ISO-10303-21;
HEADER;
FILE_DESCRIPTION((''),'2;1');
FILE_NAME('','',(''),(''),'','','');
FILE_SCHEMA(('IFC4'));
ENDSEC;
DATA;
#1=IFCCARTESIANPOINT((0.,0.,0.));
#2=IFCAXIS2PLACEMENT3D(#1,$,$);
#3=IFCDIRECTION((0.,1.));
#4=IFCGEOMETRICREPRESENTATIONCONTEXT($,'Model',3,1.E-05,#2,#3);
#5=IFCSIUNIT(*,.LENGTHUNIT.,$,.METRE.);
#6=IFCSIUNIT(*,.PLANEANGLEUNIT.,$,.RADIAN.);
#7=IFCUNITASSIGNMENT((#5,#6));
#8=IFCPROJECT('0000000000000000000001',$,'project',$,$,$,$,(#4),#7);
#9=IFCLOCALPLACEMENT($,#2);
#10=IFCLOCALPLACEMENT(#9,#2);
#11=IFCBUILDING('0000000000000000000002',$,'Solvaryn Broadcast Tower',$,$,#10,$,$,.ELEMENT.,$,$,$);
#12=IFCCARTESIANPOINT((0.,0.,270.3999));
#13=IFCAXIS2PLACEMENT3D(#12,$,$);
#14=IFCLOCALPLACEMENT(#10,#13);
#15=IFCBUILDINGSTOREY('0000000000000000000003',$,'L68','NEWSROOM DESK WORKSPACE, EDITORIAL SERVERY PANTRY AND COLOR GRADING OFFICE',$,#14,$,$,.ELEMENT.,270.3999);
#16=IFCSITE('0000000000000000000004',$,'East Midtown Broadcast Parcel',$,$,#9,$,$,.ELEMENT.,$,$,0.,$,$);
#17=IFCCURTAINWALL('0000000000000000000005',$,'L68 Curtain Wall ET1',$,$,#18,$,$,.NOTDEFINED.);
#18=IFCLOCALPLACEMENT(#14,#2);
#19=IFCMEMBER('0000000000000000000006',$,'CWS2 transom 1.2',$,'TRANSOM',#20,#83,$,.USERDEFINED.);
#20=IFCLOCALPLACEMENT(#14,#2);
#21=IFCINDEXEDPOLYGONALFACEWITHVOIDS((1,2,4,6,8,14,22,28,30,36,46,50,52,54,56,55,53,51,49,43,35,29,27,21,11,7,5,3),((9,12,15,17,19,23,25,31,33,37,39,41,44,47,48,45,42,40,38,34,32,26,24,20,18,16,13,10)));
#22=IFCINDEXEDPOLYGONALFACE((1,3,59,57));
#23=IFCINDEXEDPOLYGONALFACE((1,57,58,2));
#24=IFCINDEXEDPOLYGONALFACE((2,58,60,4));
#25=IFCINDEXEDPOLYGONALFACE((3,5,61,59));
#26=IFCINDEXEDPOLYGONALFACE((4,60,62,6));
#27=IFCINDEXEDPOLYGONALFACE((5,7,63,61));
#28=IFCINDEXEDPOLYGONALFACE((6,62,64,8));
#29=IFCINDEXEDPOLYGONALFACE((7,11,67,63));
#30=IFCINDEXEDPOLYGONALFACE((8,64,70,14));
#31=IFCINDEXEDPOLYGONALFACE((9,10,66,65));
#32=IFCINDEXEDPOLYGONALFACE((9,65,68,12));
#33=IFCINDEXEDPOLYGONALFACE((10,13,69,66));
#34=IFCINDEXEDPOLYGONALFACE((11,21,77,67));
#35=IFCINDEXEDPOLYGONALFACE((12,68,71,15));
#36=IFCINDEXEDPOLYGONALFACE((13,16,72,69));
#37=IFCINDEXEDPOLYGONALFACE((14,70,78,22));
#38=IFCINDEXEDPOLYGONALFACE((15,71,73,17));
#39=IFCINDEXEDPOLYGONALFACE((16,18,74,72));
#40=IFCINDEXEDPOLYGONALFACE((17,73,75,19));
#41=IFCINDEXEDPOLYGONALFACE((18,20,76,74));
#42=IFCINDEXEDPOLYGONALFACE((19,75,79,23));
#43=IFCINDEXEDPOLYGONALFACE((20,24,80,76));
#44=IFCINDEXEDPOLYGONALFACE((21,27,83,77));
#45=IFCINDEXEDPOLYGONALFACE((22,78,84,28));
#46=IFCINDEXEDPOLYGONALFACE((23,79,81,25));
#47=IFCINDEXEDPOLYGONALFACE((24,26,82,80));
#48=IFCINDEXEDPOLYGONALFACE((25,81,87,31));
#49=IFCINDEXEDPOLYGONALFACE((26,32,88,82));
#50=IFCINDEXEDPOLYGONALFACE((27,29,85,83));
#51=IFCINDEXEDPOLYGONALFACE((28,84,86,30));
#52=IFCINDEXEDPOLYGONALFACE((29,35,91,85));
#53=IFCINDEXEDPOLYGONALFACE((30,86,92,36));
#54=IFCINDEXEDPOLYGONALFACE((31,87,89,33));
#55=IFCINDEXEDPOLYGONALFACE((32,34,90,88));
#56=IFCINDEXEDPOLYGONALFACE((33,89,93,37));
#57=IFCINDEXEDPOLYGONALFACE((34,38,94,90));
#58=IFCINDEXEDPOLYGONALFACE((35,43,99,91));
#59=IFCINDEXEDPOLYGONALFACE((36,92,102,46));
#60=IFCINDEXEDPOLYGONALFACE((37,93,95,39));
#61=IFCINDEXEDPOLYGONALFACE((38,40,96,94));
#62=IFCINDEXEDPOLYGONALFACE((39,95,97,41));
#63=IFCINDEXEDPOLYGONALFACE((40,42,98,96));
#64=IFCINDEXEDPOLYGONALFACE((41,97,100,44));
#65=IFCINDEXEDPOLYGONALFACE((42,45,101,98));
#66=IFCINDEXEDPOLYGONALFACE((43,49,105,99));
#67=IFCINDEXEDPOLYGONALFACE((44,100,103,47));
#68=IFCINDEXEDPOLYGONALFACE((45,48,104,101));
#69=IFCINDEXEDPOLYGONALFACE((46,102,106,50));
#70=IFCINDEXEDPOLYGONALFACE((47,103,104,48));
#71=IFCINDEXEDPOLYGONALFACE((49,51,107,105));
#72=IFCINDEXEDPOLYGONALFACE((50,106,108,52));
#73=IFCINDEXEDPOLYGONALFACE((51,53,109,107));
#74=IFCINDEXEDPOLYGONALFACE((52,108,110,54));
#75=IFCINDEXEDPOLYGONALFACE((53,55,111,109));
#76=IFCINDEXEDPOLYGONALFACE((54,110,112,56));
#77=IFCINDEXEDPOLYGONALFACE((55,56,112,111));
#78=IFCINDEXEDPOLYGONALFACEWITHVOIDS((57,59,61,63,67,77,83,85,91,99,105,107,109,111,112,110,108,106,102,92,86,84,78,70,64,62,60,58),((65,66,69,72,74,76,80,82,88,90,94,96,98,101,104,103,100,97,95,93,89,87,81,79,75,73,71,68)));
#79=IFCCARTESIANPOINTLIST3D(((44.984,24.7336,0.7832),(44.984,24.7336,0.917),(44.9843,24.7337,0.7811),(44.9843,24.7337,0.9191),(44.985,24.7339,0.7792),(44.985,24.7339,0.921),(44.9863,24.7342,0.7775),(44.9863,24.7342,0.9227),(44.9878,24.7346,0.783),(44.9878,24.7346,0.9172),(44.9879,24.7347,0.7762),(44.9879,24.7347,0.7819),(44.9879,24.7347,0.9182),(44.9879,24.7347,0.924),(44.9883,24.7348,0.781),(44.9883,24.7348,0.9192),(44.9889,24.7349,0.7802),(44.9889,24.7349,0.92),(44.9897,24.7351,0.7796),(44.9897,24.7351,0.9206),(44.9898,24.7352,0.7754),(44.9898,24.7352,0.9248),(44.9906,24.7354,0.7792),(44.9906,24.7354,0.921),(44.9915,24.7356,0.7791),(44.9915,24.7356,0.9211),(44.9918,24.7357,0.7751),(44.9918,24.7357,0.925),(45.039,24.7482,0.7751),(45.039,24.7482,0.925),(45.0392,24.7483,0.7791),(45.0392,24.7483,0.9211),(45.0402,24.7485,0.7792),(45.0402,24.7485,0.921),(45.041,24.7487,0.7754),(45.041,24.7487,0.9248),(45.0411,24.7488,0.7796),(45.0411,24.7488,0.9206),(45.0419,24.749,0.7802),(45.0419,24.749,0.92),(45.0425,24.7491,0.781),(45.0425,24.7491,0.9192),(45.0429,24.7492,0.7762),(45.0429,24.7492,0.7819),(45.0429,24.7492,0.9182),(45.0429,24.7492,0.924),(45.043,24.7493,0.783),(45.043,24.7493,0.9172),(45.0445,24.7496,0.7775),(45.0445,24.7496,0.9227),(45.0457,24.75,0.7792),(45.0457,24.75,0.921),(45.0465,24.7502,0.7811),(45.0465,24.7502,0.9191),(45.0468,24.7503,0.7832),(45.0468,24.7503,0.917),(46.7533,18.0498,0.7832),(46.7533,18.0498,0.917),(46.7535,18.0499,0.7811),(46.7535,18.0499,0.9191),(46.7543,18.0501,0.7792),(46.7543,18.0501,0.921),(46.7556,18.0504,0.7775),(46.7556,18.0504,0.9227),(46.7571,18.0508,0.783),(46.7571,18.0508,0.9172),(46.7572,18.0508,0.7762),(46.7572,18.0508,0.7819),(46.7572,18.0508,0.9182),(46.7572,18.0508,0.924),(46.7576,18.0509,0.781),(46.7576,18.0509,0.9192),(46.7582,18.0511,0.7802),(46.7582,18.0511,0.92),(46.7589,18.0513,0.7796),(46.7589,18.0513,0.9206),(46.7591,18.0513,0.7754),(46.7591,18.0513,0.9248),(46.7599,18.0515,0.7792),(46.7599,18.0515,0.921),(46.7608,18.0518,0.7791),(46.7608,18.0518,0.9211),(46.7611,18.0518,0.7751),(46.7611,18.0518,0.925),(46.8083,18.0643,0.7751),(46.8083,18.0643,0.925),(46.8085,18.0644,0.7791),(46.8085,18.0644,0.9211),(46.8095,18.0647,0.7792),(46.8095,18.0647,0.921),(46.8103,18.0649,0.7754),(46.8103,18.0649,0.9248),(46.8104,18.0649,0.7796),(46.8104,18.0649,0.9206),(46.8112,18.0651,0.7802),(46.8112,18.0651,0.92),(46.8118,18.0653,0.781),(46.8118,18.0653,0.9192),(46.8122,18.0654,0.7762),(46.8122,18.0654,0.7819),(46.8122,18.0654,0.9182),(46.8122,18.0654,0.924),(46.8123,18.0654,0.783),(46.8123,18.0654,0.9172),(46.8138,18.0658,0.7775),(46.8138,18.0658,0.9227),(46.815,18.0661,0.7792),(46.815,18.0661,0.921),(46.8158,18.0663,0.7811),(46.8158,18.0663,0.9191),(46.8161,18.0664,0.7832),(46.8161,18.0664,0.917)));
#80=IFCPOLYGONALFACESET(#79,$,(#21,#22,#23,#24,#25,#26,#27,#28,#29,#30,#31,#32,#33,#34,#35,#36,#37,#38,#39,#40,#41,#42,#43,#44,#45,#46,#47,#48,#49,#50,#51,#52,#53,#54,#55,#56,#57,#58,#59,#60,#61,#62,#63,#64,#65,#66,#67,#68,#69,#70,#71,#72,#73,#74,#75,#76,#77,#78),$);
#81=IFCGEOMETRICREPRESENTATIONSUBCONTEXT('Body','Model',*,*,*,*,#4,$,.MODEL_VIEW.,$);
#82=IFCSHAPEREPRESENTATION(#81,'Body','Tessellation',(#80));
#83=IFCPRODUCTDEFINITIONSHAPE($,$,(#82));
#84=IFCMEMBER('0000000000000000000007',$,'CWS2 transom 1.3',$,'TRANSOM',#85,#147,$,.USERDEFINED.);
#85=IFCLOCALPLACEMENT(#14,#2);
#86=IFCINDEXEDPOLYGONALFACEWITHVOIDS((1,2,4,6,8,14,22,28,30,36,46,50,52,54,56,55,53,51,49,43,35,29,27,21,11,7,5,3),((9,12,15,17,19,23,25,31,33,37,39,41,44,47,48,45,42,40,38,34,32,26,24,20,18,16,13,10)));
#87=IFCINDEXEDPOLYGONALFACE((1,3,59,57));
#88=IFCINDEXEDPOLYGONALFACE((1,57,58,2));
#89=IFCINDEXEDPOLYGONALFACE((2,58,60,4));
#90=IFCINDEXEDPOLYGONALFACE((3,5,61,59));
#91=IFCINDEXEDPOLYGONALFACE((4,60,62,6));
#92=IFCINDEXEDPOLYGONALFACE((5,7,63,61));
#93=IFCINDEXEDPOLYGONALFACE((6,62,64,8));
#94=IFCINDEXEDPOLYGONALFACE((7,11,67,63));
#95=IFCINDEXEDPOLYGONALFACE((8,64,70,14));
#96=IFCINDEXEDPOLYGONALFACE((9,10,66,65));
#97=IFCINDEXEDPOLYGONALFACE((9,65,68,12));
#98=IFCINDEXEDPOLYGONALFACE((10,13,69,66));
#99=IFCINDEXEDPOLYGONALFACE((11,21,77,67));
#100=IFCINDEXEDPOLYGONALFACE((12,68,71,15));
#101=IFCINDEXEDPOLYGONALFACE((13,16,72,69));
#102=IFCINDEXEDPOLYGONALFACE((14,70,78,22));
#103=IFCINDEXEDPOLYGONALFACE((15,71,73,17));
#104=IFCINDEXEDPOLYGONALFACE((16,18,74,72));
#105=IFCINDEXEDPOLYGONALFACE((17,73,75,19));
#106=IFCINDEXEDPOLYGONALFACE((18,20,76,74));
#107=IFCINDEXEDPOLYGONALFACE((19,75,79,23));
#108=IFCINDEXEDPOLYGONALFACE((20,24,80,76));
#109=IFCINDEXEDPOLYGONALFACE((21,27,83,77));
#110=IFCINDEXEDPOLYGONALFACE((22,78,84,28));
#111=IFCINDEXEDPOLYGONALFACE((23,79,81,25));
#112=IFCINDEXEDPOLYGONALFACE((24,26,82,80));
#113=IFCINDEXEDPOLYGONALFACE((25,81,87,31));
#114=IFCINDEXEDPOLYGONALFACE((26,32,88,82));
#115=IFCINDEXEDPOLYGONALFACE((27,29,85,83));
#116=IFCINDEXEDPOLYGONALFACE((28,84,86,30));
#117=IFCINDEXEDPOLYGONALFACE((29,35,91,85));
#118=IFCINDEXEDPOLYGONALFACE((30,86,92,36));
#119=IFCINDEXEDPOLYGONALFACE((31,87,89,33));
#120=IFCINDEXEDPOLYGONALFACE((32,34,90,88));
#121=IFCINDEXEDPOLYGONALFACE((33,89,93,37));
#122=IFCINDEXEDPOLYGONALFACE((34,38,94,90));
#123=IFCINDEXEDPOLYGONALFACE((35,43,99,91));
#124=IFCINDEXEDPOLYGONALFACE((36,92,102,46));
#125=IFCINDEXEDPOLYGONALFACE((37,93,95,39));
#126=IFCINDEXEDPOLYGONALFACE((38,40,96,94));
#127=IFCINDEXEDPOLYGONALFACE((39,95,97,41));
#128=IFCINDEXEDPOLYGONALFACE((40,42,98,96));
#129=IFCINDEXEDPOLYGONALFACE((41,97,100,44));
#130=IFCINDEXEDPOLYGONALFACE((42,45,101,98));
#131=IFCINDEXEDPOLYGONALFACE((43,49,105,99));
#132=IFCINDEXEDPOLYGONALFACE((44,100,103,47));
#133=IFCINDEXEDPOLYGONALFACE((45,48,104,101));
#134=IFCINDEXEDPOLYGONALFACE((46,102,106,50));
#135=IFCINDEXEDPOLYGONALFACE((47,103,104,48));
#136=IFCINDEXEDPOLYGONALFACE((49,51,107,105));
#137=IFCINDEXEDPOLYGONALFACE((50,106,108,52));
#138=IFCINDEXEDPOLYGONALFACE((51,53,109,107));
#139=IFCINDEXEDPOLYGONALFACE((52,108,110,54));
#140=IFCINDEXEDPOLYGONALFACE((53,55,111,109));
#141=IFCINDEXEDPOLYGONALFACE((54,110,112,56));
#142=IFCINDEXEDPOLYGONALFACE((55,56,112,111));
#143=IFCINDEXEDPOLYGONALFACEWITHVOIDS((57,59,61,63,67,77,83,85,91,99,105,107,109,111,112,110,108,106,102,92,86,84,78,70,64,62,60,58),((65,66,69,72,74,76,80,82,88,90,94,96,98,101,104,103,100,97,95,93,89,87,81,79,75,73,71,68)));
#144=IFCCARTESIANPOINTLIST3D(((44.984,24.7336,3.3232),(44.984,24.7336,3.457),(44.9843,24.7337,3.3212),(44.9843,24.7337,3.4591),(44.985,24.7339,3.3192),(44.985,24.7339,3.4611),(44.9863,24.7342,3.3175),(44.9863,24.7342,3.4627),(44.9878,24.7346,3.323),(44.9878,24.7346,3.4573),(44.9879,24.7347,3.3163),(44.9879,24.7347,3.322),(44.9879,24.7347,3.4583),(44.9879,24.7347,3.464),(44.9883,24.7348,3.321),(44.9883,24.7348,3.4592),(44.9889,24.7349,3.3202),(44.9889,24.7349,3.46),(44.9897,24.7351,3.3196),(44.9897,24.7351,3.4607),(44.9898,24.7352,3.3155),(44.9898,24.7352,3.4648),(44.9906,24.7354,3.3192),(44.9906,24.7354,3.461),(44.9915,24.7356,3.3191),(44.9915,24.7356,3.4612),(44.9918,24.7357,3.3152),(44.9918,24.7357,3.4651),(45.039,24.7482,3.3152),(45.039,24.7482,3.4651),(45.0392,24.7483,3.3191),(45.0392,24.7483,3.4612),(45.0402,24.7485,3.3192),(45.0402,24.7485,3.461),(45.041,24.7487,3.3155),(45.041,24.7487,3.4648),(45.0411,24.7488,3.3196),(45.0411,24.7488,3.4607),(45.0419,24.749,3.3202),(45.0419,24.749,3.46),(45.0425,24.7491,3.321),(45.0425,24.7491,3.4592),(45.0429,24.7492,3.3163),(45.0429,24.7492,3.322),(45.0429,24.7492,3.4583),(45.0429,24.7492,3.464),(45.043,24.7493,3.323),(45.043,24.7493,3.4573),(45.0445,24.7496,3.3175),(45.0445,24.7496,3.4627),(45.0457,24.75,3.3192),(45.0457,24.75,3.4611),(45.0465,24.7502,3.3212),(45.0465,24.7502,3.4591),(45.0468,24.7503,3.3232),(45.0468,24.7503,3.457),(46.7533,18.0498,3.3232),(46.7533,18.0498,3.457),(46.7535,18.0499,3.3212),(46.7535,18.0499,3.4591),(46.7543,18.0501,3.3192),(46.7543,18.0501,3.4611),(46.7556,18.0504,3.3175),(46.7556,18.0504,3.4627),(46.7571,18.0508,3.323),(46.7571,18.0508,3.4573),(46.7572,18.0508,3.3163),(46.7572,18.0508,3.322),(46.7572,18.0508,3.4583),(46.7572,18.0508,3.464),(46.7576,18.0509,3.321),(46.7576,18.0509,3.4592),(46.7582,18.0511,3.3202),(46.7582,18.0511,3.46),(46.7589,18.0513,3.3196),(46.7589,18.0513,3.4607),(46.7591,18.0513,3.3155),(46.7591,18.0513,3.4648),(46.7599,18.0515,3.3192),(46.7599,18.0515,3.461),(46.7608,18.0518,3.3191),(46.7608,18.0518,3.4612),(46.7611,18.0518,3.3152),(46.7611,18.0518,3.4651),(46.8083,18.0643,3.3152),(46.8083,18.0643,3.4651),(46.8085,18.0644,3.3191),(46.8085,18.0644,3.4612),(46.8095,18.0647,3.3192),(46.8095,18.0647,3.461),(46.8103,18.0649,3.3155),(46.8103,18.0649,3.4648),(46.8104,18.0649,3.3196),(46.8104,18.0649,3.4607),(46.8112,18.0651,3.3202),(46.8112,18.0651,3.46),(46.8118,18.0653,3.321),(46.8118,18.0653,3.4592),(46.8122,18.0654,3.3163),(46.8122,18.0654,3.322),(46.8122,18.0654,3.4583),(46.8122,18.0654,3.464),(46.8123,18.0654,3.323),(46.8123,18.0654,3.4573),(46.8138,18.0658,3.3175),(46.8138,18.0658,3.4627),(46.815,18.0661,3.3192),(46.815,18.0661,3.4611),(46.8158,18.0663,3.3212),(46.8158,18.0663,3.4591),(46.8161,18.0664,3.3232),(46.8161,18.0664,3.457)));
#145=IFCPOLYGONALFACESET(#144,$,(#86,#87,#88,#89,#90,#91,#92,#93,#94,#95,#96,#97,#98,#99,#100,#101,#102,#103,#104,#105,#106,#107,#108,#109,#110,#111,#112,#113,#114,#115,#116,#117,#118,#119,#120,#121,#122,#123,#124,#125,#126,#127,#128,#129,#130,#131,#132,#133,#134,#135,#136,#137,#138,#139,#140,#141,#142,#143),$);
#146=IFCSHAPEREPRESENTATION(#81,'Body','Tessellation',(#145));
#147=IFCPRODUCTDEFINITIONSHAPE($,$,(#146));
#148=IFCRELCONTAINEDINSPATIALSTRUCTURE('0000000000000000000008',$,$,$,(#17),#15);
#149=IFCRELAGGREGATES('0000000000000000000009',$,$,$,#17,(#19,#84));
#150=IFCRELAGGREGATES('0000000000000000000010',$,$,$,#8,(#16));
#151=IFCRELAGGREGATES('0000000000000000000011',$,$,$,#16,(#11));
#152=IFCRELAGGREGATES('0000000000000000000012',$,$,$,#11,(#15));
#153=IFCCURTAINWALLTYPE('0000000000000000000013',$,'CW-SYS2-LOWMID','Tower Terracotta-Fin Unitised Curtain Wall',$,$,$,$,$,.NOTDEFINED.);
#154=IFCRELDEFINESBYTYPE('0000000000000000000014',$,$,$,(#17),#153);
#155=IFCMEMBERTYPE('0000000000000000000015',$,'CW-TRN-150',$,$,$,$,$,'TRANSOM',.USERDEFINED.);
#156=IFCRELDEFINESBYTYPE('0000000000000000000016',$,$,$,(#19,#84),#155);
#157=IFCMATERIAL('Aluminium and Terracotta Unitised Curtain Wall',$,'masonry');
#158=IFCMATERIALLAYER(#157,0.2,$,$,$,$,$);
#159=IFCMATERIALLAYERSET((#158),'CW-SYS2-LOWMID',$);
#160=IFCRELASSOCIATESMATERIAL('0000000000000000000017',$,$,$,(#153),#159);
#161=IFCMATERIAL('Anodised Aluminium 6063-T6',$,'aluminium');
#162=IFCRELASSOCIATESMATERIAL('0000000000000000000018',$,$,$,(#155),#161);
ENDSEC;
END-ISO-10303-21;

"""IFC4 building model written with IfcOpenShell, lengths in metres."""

from ifc_helpers import new_model, si_unit, direction, frame, origin, origin_2d, place, context, subcontext, project, spatial, hollow_rectangle, extrude, material, layer, layer_set, material_profile, profile_set, type_object, element, aggregate, save


model = new_model("IFC4")

# Units and contexts
model_context = context("Model", 3, precision=1e-05, world=origin(), true_north=direction((0.0, 1.0)))
body_context = subcontext(model_context, "Body", "Model", "MODEL_VIEW")
ifc_project = project(units=[si_unit("LENGTHUNIT", "METRE"), si_unit("PLANEANGLEUNIT", "RADIAN")], contexts=[model_context])

# Site, building, storey
site_placement = place(None, origin())
site = spatial("IfcSite", under=ifc_project, at=site_placement, Name="East Midtown Broadcast Parcel", CompositionType="ELEMENT", RefElevation=0.0)
building_placement = place(site_placement, origin())
building = spatial("IfcBuilding", under=site, at=building_placement, Name="Solvaryn Broadcast Tower", CompositionType="ELEMENT")
storey_placement = place(building_placement, frame((0.0, 0.0, 270.3999)))
storey = spatial("IfcBuildingStorey", under=building, at=storey_placement, Name="L68", Description="NEWSROOM DESK WORKSPACE, EDITORIAL SERVERY PANTRY AND COLOR GRADING OFFICE", CompositionType="ELEMENT", Elevation=270.3999)

# Curtain wall
ifc_material_1 = material(Name="Aluminium and Terracotta Unitised Curtain Wall", Category="masonry")
ifc_layer_1 = layer(ifc_material_1, 0.2)
ifc_layer_set_1 = layer_set([ifc_layer_1], Name="CW-SYS2-LOWMID")
curtain_wall_type = type_object("IfcCurtainWallType", Name="CW-SYS2-LOWMID", Description="Tower Terracotta-Fin Unitised Curtain Wall", PredefinedType="NOTDEFINED", material=ifc_layer_set_1)
curtain_wall_1_placement = place(storey_placement, origin())
curtain_wall_1 = element("IfcCurtainWall", 1, at=curtain_wall_1_placement, inside=storey, type_object=curtain_wall_type, Name="L68 Curtain Wall ET1", PredefinedType="NOTDEFINED")

# Members
ifc_material_2 = material(Name="Anodised Aluminium 6063-T6", Category="aluminium")
ifc_material_profile_1 = material_profile(ifc_material_2, hollow_rectangle(XDim=0.0649, YDim=0.1499, WallThickness=0.0039, InnerFilletRadius=0.0039, OuterFilletRadius=0.0081, at=origin_2d()))
ifc_profile_set_1 = profile_set([ifc_material_profile_1], Name="Anodised Aluminium 6063-T6")
member_type_1 = type_object("IfcMemberType", Name="CW-TRN-150", ElementType="TRANSOM", PredefinedType="USERDEFINED", material=ifc_profile_set_1)
member_1_placement = place(storey_placement, frame((45.0154, 24.7419, 0.8501), z_axis=(0.255897, -0.966704, 0.0), x_axis=(0.966704, 0.255897, 0.0)))
member_1 = element("IfcMember", 2, at=member_1_placement, type_object=member_type_1, Name="CWS2 transom 1.2", ObjectType="TRANSOM", PredefinedType="USERDEFINED", context=body_context, shape_type="SweptSolid", body=[
    extrude(hollow_rectangle(XDim=0.0649, YDim=0.1499, WallThickness=0.0039, InnerFilletRadius=0.0039, OuterFilletRadius=0.0081, at=origin_2d()), origin(), (0.0, 0.0, 1.0), 6.9141),
])
member_2_placement = place(storey_placement, frame((45.0154, 24.7419, 3.3901), z_axis=(0.255897, -0.966704, 0.0), x_axis=(0.966704, 0.255897, 0.0)))
member_2 = element("IfcMember", 3, at=member_2_placement, type_object=member_type_1, Name="CWS2 transom 1.3", ObjectType="TRANSOM", PredefinedType="USERDEFINED", context=body_context, shape_type="SweptSolid", body=[
    extrude(hollow_rectangle(XDim=0.0649, YDim=0.1499, WallThickness=0.0039, InnerFilletRadius=0.0039, OuterFilletRadius=0.0081, at=origin_2d()), origin(), (0.0, 0.0, 1.0), 6.9141),
])
aggregate(curtain_wall_1, [member_1, member_2])

save(model, "model.ifc")
